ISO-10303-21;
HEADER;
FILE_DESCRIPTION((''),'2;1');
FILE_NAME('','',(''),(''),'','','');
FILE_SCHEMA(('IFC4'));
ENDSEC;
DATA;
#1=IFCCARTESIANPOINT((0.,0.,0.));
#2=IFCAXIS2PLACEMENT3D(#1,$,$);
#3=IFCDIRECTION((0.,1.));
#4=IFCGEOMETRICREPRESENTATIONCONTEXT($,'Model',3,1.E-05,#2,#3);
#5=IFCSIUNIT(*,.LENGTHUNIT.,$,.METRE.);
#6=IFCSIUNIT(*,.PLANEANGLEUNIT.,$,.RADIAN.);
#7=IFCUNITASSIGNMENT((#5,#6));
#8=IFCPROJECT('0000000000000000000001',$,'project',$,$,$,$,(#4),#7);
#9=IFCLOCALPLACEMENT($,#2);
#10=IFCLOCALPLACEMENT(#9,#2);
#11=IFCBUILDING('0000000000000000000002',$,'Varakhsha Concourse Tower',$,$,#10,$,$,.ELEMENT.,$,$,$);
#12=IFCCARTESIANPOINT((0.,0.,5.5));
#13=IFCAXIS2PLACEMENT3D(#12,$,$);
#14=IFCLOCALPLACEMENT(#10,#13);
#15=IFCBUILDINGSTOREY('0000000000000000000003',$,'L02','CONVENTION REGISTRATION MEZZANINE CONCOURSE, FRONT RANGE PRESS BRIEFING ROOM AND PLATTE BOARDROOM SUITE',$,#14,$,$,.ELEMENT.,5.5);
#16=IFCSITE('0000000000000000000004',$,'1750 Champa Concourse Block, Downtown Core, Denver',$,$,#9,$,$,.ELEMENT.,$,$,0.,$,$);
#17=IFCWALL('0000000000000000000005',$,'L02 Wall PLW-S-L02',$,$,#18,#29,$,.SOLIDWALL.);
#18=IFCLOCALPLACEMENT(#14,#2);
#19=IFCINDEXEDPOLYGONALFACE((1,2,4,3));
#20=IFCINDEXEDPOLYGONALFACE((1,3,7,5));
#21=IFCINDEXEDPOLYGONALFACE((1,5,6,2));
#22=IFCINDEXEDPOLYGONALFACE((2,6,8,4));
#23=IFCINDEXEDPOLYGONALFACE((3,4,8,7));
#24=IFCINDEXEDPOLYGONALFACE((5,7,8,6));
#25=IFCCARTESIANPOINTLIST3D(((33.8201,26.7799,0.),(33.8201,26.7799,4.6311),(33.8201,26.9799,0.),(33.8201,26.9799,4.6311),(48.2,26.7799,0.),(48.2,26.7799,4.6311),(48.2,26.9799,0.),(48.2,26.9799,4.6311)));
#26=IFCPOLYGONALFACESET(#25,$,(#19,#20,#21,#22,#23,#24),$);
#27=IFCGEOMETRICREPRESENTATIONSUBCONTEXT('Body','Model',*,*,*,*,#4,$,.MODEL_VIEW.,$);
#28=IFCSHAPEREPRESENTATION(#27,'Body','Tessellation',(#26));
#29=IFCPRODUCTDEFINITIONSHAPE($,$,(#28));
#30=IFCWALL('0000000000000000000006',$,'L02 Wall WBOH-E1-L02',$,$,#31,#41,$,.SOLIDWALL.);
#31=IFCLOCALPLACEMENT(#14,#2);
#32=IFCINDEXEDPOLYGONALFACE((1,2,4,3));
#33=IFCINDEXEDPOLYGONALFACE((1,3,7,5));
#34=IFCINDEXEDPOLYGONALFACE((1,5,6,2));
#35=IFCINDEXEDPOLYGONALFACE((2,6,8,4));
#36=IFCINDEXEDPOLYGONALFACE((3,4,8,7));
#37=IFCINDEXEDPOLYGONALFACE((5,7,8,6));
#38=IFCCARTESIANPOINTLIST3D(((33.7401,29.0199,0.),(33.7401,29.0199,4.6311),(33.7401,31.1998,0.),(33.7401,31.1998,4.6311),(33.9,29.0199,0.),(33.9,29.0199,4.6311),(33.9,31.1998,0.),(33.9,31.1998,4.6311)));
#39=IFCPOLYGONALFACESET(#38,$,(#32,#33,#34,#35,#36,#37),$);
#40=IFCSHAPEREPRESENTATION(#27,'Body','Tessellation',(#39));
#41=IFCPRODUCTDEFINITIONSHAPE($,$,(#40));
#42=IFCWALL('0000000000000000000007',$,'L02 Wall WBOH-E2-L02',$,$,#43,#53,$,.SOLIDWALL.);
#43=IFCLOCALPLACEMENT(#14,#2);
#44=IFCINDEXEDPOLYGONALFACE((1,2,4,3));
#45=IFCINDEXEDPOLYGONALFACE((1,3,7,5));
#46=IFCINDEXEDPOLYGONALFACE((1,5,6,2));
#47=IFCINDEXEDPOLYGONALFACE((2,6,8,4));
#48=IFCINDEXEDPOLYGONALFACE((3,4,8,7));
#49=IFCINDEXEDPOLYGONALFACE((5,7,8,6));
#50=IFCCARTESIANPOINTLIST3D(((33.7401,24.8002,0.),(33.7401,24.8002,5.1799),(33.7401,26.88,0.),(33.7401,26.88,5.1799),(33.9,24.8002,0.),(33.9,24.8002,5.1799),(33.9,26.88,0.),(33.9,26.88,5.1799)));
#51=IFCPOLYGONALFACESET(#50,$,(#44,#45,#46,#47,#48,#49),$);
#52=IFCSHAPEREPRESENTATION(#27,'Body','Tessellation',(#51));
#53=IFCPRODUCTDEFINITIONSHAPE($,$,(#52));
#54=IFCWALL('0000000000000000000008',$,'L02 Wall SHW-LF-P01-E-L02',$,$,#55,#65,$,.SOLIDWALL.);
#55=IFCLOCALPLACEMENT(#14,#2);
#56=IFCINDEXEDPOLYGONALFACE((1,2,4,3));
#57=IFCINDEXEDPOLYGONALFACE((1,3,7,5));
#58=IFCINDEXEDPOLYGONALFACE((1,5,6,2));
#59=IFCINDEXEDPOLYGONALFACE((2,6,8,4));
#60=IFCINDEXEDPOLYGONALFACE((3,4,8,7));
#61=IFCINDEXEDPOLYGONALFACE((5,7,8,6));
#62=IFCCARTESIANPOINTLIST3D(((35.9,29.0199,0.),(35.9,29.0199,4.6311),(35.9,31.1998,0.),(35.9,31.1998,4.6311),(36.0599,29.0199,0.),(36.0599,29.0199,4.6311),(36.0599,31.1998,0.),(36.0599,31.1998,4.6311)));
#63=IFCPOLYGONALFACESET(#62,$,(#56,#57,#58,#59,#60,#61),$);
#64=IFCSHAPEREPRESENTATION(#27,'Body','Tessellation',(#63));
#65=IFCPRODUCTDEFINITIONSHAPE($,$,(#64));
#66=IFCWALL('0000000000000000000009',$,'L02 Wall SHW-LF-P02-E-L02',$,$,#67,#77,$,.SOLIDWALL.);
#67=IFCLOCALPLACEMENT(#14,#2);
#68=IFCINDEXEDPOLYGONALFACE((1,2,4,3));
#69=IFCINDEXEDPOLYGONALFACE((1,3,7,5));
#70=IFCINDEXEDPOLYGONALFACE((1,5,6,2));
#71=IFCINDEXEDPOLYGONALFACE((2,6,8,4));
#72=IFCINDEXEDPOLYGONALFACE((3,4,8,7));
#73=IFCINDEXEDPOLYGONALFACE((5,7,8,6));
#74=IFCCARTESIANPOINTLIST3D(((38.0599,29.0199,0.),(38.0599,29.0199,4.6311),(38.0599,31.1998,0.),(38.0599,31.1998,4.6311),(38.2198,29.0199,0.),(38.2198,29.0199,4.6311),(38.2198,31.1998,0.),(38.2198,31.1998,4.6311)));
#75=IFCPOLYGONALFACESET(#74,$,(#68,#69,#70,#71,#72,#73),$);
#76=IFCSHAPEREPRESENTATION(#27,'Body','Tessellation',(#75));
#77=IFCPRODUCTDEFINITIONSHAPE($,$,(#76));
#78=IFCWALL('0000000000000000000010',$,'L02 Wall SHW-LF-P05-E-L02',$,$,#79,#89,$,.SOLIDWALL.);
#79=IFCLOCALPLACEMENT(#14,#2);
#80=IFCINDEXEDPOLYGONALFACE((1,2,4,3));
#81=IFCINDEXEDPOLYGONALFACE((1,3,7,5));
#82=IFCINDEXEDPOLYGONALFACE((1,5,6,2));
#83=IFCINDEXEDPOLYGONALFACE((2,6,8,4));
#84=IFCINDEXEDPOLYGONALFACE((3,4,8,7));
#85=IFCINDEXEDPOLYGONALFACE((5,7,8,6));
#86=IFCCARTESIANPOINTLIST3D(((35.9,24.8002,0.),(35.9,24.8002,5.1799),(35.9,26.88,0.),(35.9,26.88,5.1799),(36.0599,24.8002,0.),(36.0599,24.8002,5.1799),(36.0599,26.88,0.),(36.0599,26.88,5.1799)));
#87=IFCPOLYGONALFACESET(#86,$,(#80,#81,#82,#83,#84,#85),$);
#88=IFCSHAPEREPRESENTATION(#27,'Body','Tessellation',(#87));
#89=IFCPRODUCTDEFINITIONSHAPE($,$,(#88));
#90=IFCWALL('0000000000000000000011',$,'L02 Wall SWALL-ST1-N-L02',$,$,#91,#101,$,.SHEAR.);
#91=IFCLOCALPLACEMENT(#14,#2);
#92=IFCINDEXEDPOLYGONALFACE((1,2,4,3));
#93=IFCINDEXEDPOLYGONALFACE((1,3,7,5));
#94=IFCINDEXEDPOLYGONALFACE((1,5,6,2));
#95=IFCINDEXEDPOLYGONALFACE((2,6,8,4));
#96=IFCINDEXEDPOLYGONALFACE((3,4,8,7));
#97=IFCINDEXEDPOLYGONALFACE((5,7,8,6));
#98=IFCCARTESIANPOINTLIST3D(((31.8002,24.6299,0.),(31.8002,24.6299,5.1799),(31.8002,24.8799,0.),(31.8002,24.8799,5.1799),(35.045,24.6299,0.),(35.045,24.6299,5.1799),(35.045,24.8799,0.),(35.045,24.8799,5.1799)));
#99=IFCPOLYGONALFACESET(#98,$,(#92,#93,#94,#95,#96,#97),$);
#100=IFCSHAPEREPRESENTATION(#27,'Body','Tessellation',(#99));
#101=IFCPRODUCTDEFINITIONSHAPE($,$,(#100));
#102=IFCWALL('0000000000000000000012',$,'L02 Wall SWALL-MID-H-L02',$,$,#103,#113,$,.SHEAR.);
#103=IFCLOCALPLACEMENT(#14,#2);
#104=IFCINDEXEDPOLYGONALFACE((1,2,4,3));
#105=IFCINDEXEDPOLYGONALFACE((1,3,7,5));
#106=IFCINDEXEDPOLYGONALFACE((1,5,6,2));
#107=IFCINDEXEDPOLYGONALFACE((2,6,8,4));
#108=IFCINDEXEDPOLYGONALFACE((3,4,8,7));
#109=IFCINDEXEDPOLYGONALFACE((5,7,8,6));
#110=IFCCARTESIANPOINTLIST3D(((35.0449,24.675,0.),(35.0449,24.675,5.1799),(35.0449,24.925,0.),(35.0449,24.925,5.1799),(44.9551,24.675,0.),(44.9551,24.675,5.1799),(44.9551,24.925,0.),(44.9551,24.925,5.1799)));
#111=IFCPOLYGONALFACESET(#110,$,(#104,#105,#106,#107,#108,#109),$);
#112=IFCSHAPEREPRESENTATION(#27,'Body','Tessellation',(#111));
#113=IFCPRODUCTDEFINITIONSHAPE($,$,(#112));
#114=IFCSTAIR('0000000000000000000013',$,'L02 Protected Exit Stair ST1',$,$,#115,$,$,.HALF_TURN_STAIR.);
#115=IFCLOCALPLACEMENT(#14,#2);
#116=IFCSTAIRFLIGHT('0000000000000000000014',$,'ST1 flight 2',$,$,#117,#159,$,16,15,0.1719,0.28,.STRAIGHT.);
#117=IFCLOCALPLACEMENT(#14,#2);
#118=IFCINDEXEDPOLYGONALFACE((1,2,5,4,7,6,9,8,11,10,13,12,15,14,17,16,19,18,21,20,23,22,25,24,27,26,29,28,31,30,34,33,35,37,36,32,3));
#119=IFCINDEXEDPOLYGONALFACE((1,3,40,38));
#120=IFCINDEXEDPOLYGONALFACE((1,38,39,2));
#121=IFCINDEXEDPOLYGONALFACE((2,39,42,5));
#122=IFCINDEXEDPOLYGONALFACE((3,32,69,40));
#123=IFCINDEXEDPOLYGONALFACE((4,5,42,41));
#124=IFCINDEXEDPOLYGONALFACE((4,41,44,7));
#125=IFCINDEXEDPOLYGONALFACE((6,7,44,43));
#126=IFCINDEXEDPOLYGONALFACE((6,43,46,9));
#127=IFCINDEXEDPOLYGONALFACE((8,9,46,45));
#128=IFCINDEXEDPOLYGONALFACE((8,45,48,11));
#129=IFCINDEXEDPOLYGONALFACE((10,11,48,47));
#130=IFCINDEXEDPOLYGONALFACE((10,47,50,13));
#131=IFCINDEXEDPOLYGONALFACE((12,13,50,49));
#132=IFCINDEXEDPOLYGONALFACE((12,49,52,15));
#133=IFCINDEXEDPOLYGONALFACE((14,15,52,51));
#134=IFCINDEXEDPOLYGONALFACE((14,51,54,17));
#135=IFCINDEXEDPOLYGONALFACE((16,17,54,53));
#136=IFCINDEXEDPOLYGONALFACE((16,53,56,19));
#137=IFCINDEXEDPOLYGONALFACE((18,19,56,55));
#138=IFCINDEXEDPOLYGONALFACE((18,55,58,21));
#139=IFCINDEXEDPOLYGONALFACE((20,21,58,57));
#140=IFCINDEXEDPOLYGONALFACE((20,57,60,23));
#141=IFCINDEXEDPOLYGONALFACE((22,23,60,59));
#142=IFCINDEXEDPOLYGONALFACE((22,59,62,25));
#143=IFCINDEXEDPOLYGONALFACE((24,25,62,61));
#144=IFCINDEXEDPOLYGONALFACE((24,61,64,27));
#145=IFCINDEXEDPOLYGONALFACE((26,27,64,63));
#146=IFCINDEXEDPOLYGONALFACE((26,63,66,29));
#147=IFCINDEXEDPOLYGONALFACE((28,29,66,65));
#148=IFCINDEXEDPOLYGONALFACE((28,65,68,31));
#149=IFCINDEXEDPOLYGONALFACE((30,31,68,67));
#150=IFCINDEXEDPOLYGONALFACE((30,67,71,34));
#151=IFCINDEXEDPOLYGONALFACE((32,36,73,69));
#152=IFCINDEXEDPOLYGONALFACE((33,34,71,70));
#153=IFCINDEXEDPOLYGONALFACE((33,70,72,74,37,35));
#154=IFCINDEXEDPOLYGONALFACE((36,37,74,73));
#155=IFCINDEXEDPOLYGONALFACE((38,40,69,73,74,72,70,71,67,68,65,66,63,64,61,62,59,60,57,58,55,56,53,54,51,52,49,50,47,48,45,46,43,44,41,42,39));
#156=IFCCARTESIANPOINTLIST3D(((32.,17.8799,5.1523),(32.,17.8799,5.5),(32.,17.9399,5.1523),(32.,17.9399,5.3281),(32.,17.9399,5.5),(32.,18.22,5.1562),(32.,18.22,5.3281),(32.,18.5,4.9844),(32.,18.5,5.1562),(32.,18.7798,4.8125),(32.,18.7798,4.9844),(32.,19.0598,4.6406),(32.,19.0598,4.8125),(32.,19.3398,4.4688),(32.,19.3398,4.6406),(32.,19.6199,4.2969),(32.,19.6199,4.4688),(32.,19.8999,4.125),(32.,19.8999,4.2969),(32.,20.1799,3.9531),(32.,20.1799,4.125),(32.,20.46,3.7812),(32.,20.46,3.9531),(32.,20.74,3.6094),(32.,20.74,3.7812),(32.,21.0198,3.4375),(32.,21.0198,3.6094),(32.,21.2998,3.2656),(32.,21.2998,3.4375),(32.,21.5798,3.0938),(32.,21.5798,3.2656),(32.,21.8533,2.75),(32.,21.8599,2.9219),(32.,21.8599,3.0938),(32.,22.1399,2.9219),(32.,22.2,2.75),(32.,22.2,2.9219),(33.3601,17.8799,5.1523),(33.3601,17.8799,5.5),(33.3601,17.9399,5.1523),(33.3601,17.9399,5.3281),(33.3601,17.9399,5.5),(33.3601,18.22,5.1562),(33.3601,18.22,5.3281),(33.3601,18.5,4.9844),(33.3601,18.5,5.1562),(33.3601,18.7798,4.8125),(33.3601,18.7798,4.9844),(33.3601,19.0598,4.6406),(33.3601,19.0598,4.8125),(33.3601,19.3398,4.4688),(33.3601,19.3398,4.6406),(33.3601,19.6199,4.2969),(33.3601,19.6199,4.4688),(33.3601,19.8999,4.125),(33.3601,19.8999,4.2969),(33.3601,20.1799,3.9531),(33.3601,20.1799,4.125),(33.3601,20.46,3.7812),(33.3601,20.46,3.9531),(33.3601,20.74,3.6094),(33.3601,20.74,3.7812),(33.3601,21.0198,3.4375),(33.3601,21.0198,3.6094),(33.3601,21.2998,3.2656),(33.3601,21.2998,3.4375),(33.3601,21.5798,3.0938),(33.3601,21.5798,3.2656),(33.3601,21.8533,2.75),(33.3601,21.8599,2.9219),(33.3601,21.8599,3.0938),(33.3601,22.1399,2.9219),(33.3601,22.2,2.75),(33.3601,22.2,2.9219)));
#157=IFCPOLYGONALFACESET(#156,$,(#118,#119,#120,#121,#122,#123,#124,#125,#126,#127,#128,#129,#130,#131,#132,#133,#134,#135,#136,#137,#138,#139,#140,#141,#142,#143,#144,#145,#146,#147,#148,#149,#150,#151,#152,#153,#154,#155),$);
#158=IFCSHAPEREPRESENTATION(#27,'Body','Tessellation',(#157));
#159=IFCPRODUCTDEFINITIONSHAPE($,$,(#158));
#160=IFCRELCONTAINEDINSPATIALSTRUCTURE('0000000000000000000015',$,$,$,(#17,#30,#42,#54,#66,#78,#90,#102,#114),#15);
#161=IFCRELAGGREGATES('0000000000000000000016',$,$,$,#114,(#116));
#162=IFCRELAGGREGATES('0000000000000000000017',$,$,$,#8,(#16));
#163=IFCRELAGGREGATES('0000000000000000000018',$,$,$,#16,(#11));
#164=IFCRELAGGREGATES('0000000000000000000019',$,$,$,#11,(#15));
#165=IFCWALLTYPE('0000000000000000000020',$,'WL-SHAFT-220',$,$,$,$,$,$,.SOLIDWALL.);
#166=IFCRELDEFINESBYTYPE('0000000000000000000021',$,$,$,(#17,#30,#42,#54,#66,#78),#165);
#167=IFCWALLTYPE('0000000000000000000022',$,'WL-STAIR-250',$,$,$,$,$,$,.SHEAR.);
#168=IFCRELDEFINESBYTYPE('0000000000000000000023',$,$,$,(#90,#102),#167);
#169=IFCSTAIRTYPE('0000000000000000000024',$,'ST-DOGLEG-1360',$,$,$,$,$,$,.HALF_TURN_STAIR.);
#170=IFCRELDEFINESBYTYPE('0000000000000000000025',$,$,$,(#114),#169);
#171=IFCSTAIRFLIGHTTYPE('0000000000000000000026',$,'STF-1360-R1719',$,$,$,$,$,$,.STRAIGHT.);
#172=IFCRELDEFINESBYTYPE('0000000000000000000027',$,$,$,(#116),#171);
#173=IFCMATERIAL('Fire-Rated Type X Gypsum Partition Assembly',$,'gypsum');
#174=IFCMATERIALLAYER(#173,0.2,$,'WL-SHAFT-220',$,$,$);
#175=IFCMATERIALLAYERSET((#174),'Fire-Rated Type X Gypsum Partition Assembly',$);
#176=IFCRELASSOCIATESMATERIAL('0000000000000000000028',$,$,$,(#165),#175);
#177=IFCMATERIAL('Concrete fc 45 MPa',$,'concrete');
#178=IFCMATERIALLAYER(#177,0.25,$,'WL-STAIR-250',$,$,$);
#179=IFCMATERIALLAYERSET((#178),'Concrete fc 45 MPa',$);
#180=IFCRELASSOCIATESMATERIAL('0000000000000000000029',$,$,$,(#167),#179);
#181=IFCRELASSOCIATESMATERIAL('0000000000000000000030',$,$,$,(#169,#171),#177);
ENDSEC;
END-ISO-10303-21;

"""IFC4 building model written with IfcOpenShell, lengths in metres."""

from ifc_helpers import new_model, si_unit, direction, frame, frame_2d, origin, place, context, subcontext, project, spatial, polyline, rectangle, outline, extrude, material, layer, layer_set, type_object, element, aggregate, save


model = new_model("IFC4")

# Units and contexts
model_context = context("Model", 3, precision=1e-05, world=origin(), true_north=direction((0.0, 1.0)))
body_context = subcontext(model_context, "Body", "Model", "MODEL_VIEW")
ifc_project = project(units=[si_unit("LENGTHUNIT", "METRE"), si_unit("PLANEANGLEUNIT", "RADIAN")], contexts=[model_context])

# Site, building, storey
site_placement = place(None, origin())
site = spatial("IfcSite", under=ifc_project, at=site_placement, Name="1750 Champa Concourse Block, Downtown Core, Denver", CompositionType="ELEMENT", RefElevation=0.0)
building_placement = place(site_placement, origin())
building = spatial("IfcBuilding", under=site, at=building_placement, Name="Varakhsha Concourse Tower", CompositionType="ELEMENT")
storey_placement = place(building_placement, frame((0.0, 0.0, 5.5)))
storey = spatial("IfcBuildingStorey", under=building, at=storey_placement, Name="L02", Description="CONVENTION REGISTRATION MEZZANINE CONCOURSE, FRONT RANGE PRESS BRIEFING ROOM AND PLATTE BOARDROOM SUITE", CompositionType="ELEMENT", Elevation=5.5)

# Shared definitions
ifc_material_1 = material(Name="Fire-Rated Type X Gypsum Partition Assembly", Category="gypsum")

# Shared definitions
ifc_layer_1 = layer(ifc_material_1, 0.2, Name="WL-SHAFT-220")
ifc_layer_set_1 = layer_set([ifc_layer_1], Name="Fire-Rated Type X Gypsum Partition Assembly")
wall_type_1 = type_object("IfcWallType", Name="WL-SHAFT-220", PredefinedType="SOLIDWALL", material=ifc_layer_set_1)

# Walls
wall_1_placement = place(storey_placement, frame((33.8201, 26.8799, 0.0), z_axis=(0.0, 0.0, 1.0), x_axis=(1.0, 0.0, 0.0)))
element("IfcWall", 1, at=wall_1_placement, inside=storey, type_object=wall_type_1, Name="L02 Wall PLW-S-L02", PredefinedType="SOLIDWALL", context=body_context, shape_type="SweptSolid", body=[
    extrude(rectangle(XDim=14.3799, YDim=0.2, at=frame_2d((7.1899, 0.0))), origin(), (0.0, 0.0, 1.0), 4.6311),
])
wall_2_placement = place(storey_placement, frame((33.8201, 29.02, 0.0), z_axis=(0.0, 0.0, 1.0), x_axis=(0.0, 1.0, 0.0)))
element("IfcWall", 2, at=wall_2_placement, inside=storey, type_object=wall_type_1, Name="L02 Wall WBOH-E1-L02", PredefinedType="SOLIDWALL", context=body_context, shape_type="SweptSolid", body=[
    extrude(rectangle(XDim=2.1799, YDim=0.1599, at=frame_2d((1.0898, 0.0))), origin(), (0.0, 0.0, 1.0), 4.6311),
])
wall_3_placement = place(storey_placement, frame((33.8201, 24.8, 0.0), z_axis=(0.0, 0.0, 1.0), x_axis=(0.0, 1.0, 0.0)))
element("IfcWall", 3, at=wall_3_placement, inside=storey, type_object=wall_type_1, Name="L02 Wall WBOH-E2-L02", PredefinedType="SOLIDWALL", context=body_context, shape_type="SweptSolid", body=[
    extrude(rectangle(XDim=2.0798, YDim=0.1599, at=frame_2d((1.04, 0.0))), origin(), (0.0, 0.0, 1.0), 5.1799),
])
for number, where, z_axis, x_axis, name in (
    (4, (35.98, 29.02, 0.0), (0.0, 0.0, 1.0), (0.0, 1.0, 0.0), "L02 Wall SHW-LF-P01-E-L02"),
    (5, (38.1399, 29.02, 0.0), (0.0, 0.0, 1.0), (0.0, 1.0, 0.0), "L02 Wall SHW-LF-P02-E-L02"),
):
    element("IfcWall", number, at=place(storey_placement, frame(where, z_axis=z_axis, x_axis=x_axis)), inside=storey, type_object=wall_type_1, Name=name, PredefinedType="SOLIDWALL", context=body_context, shape_type="SweptSolid", body=[
        extrude(rectangle(XDim=2.1799, YDim=0.1599, at=frame_2d((1.0898, 0.0))), origin(), (0.0, 0.0, 1.0), 4.6311),
    ])
wall_4_placement = place(storey_placement, frame((35.98, 24.8, 0.0), z_axis=(0.0, 0.0, 1.0), x_axis=(0.0, 1.0, 0.0)))
element("IfcWall", 6, at=wall_4_placement, inside=storey, type_object=wall_type_1, Name="L02 Wall SHW-LF-P05-E-L02", PredefinedType="SOLIDWALL", context=body_context, shape_type="SweptSolid", body=[
    extrude(rectangle(XDim=2.0798, YDim=0.1599, at=frame_2d((1.04, 0.0))), origin(), (0.0, 0.0, 1.0), 5.1799),
])
ifc_material_2 = material(Name="Concrete fc 45 MPa", Category="concrete")
ifc_layer_2 = layer(ifc_material_2, 0.25, Name="WL-STAIR-250")
ifc_layer_set_2 = layer_set([ifc_layer_2], Name="Concrete fc 45 MPa")
wall_type_2 = type_object("IfcWallType", Name="WL-STAIR-250", PredefinedType="SHEAR", material=ifc_layer_set_2)
wall_5_placement = place(storey_placement, frame((31.8, 24.7549, 0.0), z_axis=(0.0, 0.0, 1.0), x_axis=(1.0, 0.0, 0.0)))
element("IfcWall", 7, at=wall_5_placement, inside=storey, type_object=wall_type_2, Name="L02 Wall SWALL-ST1-N-L02", PredefinedType="SHEAR", context=body_context, shape_type="SweptSolid", body=[
    extrude(rectangle(XDim=3.2449, YDim=0.25, at=frame_2d((1.6226, 0.0))), origin(), (0.0, 0.0, 1.0), 5.1799),
])
wall_6_placement = place(storey_placement, frame((35.0449, 24.8, 0.0), z_axis=(0.0, 0.0, 1.0), x_axis=(1.0, 0.0, 0.0)))
element("IfcWall", 8, at=wall_6_placement, inside=storey, type_object=wall_type_2, Name="L02 Wall SWALL-MID-H-L02", PredefinedType="SHEAR", context=body_context, shape_type="SweptSolid", body=[
    extrude(rectangle(XDim=9.9102, YDim=0.25, at=frame_2d((4.9551, 0.0))), origin(), (0.0, 0.0, 1.0), 5.1799),
])

# Stair, stair flight
stair_type = type_object("IfcStairType", Name="ST-DOGLEG-1360", PredefinedType="HALF_TURN_STAIR", material=ifc_material_2)
stair_placement = place(storey_placement, origin())
stair = element("IfcStair", 9, at=stair_placement, inside=storey, type_object=stair_type, Name="L02 Protected Exit Stair ST1", PredefinedType="HALF_TURN_STAIR")
stair_flight_type = type_object("IfcStairFlightType", Name="STF-1360-R1719", PredefinedType="STRAIGHT", material=ifc_material_2)
stair_flight_placement = place(storey_placement, frame((32.6799, 22.1399, 2.75), z_axis=(0.0, 0.0, 1.0), x_axis=(0.0, -1.0, 0.0)))
stair_flight = element("IfcStairFlight", 10, at=stair_flight_placement, type_object=stair_flight_type, Name="ST1 flight 2", NumberOfRisers=16, NumberOfTreads=15, PredefinedType="STRAIGHT", RiserHeight=0.1719, TreadLength=0.28, context=body_context, shape_type="SweptSolid", body=[
    extrude(outline(polyline([(-0.0601, 0.0), (-0.0601, 0.1719), (0.0, 0.1719), (0.28, 0.1719), (0.28, 0.3438), (0.5601, 0.3438), (0.5601, 0.5156), (0.8401, 0.5156), (0.8401, 0.6875), (1.1201, 0.6875), (1.1201, 0.8594), (1.3999, 0.8594), (1.3999, 1.0312), (1.6799, 1.0312), (1.6799, 1.2031), (1.96, 1.2031), (1.96, 1.375), (2.24, 1.375), (2.24, 1.5469), (2.52, 1.5469), (2.52, 1.7188), (2.8, 1.7188), (2.8, 1.8906), (3.0801, 1.8906), (3.0801, 2.0625), (3.3601, 2.0625), (3.3601, 2.2344), (3.6399, 2.2344), (3.6399, 2.4062), (3.9199, 2.4062), (3.9199, 2.5781), (4.2, 2.5781), (4.2, 2.75), (4.26, 2.75), (4.26, 2.4023), (4.2, 2.4023), (0.2866, 0.0), (-0.0601, 0.0)])), frame((0.0, 0.6802, 0.0), z_axis=(0.0, -1.0, 0.0), x_axis=(1.0, 0.0, 0.0)), (0.0, 0.0, 1.0), 1.3601),
])
aggregate(stair, [stair_flight])

save(model, "model.ifc")
